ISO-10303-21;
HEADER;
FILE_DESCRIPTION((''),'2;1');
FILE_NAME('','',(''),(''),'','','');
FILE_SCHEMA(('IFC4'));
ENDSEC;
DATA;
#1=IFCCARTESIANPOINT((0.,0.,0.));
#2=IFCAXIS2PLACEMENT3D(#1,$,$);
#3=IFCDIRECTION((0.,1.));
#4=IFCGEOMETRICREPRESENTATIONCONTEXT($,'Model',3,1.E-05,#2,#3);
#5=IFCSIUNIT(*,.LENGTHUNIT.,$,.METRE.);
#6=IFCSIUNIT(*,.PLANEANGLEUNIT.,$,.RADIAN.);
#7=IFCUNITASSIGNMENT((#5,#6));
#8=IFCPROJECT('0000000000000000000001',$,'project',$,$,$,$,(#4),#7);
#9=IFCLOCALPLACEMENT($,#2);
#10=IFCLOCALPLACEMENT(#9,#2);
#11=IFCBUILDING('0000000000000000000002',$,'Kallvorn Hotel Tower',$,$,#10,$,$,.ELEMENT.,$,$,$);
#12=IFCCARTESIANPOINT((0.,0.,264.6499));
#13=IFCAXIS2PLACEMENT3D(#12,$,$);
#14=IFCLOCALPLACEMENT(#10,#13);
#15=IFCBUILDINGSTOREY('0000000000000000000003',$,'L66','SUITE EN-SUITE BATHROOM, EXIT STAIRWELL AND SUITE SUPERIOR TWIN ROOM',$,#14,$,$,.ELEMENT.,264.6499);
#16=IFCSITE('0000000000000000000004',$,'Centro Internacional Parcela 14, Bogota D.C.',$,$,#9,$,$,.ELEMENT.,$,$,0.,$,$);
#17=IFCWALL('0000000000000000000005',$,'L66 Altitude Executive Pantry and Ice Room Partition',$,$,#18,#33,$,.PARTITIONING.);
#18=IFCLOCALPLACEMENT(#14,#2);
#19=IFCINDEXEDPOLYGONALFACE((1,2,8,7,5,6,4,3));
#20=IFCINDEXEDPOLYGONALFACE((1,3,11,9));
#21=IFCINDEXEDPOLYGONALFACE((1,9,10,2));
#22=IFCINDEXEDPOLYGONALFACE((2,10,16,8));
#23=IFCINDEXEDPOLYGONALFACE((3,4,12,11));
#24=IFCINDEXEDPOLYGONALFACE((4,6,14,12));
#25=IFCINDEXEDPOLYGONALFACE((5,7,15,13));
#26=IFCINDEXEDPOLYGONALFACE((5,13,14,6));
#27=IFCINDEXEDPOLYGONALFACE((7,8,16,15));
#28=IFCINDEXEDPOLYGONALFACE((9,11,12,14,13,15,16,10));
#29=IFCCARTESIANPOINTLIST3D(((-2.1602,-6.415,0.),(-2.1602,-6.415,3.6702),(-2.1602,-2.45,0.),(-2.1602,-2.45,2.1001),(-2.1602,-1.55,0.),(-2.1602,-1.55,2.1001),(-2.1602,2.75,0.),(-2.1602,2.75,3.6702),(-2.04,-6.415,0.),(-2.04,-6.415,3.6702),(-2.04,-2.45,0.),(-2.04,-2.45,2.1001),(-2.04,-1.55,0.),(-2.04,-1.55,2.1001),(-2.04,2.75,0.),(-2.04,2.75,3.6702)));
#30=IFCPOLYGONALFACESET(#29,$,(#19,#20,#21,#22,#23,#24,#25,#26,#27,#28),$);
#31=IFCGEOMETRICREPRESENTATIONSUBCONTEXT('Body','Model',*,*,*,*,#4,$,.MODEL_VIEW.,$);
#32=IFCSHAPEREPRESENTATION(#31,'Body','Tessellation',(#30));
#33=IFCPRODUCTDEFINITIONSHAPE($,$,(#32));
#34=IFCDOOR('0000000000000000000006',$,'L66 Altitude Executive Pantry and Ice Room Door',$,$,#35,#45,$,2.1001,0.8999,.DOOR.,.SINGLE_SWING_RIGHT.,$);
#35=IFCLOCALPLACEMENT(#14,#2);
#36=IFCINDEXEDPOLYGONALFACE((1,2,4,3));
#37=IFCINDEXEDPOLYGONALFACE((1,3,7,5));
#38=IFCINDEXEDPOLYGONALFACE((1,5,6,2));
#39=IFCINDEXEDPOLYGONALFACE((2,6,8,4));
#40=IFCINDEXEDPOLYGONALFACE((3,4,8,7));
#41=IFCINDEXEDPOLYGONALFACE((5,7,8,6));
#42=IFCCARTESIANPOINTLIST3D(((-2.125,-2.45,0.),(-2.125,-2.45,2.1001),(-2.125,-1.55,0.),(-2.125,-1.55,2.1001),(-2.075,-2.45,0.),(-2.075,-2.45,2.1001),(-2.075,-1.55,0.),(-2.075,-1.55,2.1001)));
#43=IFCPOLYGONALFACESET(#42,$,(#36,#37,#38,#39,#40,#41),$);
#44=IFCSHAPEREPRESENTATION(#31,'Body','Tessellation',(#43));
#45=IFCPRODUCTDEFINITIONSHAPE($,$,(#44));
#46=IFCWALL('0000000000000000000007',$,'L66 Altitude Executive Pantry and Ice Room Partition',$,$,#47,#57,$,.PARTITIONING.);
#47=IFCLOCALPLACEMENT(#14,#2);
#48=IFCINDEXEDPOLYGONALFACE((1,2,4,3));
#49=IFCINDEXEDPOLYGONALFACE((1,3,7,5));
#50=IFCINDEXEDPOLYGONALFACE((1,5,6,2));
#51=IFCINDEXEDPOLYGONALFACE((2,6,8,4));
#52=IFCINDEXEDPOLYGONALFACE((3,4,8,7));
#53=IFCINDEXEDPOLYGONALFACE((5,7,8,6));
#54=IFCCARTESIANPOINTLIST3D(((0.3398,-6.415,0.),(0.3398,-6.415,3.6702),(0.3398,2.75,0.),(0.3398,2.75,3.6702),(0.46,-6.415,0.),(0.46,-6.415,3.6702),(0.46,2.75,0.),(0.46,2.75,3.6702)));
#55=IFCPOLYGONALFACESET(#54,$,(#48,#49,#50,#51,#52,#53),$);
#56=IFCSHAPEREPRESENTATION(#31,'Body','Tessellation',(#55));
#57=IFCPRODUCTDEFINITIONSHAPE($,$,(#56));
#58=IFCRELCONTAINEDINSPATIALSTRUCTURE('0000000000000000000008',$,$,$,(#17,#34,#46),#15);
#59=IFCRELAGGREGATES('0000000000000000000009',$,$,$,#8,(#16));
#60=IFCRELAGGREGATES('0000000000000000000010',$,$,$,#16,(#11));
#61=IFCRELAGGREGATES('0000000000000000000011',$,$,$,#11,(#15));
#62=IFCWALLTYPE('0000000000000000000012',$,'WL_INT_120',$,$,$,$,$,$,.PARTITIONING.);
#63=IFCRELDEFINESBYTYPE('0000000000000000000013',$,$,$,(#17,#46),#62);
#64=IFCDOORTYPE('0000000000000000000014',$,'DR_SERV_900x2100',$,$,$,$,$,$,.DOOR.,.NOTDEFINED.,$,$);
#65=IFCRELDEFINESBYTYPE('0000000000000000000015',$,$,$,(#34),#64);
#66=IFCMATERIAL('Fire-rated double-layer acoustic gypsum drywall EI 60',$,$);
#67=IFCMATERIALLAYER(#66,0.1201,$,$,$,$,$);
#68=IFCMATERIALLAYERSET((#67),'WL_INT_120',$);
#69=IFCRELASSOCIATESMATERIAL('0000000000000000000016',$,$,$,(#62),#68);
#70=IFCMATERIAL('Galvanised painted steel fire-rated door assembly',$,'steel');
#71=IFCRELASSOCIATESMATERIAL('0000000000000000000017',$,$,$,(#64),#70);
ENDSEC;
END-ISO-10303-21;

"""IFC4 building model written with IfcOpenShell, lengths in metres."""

from ifc_helpers import new_model, si_unit, direction, frame, frame_2d, origin, place, context, subcontext, project, spatial, rectangle, extrude, material, layer, layer_set, type_object, element, fill, save


model = new_model("IFC4")

# Units and contexts
model_context = context("Model", 3, precision=1e-05, world=origin(), true_north=direction((0.0, 1.0)))
body_context = subcontext(model_context, "Body", "Model", "MODEL_VIEW")
ifc_project = project(units=[si_unit("LENGTHUNIT", "METRE"), si_unit("PLANEANGLEUNIT", "RADIAN")], contexts=[model_context])

# Site, building, storey
site_placement = place(None, origin())
site = spatial("IfcSite", under=ifc_project, at=site_placement, Name="Centro Internacional Parcela 14, Bogota D.C.", CompositionType="ELEMENT", RefElevation=0.0)
building_placement = place(site_placement, origin())
building = spatial("IfcBuilding", under=site, at=building_placement, Name="Kallvorn Hotel Tower", CompositionType="ELEMENT")
storey_placement = place(building_placement, frame((0.0, 0.0, 264.6499)))
storey = spatial("IfcBuildingStorey", under=building, at=storey_placement, Name="L66", Description="SUITE EN-SUITE BATHROOM, EXIT STAIRWELL AND SUITE SUPERIOR TWIN ROOM", CompositionType="ELEMENT", Elevation=264.6499)

# Shared definitions
ifc_material_1 = material(Name="Fire-rated double-layer acoustic gypsum drywall EI 60")
ifc_layer_1 = layer(ifc_material_1, 0.1201)
ifc_layer_set_1 = layer_set([ifc_layer_1], Name="WL_INT_120")
wall_type_1 = type_object("IfcWallType", Name="WL_INT_120", PredefinedType="PARTITIONING", material=ifc_layer_set_1)

# Wall, opening, door
wall_1_placement = place(storey_placement, frame((-2.1001, -6.415, 0.0), z_axis=(0.0, 0.0, 1.0), x_axis=(0.0, 1.0, 0.0)))
wall_1 = element("IfcWall", 1, at=wall_1_placement, inside=storey, type_object=wall_type_1, Name="L66 Altitude Executive Pantry and Ice Room Partition", PredefinedType="PARTITIONING", context=body_context, shape_type="SweptSolid", body=[
    extrude(rectangle(XDim=9.165, YDim=0.1201, at=frame_2d((4.5825, 0.0))), origin(), (0.0, 0.0, 1.0), 3.6702),
])
opening_1_placement = place(wall_1_placement, frame((3.9651, 0.0, 0.0)))
opening_1 = element("IfcOpeningElement", 2, at=opening_1_placement, cuts=wall_1, PredefinedType="OPENING", context=body_context, shape_type="SweptSolid", body=[
    extrude(rectangle(XDim=0.8999, YDim=2.1001, at=frame_2d((0.45, 1.05))), frame((0.0, 0.075, 0.0), z_axis=(0.0, -1.0, 0.0), x_axis=(1.0, 0.0, 0.0)), (0.0, 0.0, 1.0), 0.1501),
])
ifc_material_2 = material(Name="Galvanised painted steel fire-rated door assembly", Category="steel")
door_type_1 = type_object("IfcDoorType", Name="DR_SERV_900x2100", OperationType="NOTDEFINED", PredefinedType="DOOR", material=ifc_material_2)
door_1_placement = place(opening_1_placement, origin())
door_1 = element("IfcDoor", 3, at=door_1_placement, inside=storey, type_object=door_type_1, Name="L66 Altitude Executive Pantry and Ice Room Door", OperationType="SINGLE_SWING_RIGHT", OverallHeight=2.1001, OverallWidth=0.8999, PredefinedType="DOOR", context=body_context, shape_type="SweptSolid", body=[
    extrude(rectangle(XDim=0.8999, YDim=2.1001, at=frame_2d((0.45, 1.05))), frame((0.0, 0.0249, 0.0), z_axis=(0.0, -1.0, 0.0), x_axis=(1.0, 0.0, 0.0)), (0.0, 0.0, 1.0), 0.05),
])
fill(opening_1, door_1)

# Wall
wall_2_placement = place(storey_placement, frame((0.3999, -6.415, 0.0), z_axis=(0.0, 0.0, 1.0), x_axis=(0.0, 1.0, 0.0)))
element("IfcWall", 4, at=wall_2_placement, inside=storey, type_object=wall_type_1, Name="L66 Altitude Executive Pantry and Ice Room Partition", PredefinedType="PARTITIONING", context=body_context, shape_type="SweptSolid", body=[
    extrude(rectangle(XDim=9.165, YDim=0.1201, at=frame_2d((4.5825, 0.0))), origin(), (0.0, 0.0, 1.0), 3.6702),
])

save(model, "model.ifc")
